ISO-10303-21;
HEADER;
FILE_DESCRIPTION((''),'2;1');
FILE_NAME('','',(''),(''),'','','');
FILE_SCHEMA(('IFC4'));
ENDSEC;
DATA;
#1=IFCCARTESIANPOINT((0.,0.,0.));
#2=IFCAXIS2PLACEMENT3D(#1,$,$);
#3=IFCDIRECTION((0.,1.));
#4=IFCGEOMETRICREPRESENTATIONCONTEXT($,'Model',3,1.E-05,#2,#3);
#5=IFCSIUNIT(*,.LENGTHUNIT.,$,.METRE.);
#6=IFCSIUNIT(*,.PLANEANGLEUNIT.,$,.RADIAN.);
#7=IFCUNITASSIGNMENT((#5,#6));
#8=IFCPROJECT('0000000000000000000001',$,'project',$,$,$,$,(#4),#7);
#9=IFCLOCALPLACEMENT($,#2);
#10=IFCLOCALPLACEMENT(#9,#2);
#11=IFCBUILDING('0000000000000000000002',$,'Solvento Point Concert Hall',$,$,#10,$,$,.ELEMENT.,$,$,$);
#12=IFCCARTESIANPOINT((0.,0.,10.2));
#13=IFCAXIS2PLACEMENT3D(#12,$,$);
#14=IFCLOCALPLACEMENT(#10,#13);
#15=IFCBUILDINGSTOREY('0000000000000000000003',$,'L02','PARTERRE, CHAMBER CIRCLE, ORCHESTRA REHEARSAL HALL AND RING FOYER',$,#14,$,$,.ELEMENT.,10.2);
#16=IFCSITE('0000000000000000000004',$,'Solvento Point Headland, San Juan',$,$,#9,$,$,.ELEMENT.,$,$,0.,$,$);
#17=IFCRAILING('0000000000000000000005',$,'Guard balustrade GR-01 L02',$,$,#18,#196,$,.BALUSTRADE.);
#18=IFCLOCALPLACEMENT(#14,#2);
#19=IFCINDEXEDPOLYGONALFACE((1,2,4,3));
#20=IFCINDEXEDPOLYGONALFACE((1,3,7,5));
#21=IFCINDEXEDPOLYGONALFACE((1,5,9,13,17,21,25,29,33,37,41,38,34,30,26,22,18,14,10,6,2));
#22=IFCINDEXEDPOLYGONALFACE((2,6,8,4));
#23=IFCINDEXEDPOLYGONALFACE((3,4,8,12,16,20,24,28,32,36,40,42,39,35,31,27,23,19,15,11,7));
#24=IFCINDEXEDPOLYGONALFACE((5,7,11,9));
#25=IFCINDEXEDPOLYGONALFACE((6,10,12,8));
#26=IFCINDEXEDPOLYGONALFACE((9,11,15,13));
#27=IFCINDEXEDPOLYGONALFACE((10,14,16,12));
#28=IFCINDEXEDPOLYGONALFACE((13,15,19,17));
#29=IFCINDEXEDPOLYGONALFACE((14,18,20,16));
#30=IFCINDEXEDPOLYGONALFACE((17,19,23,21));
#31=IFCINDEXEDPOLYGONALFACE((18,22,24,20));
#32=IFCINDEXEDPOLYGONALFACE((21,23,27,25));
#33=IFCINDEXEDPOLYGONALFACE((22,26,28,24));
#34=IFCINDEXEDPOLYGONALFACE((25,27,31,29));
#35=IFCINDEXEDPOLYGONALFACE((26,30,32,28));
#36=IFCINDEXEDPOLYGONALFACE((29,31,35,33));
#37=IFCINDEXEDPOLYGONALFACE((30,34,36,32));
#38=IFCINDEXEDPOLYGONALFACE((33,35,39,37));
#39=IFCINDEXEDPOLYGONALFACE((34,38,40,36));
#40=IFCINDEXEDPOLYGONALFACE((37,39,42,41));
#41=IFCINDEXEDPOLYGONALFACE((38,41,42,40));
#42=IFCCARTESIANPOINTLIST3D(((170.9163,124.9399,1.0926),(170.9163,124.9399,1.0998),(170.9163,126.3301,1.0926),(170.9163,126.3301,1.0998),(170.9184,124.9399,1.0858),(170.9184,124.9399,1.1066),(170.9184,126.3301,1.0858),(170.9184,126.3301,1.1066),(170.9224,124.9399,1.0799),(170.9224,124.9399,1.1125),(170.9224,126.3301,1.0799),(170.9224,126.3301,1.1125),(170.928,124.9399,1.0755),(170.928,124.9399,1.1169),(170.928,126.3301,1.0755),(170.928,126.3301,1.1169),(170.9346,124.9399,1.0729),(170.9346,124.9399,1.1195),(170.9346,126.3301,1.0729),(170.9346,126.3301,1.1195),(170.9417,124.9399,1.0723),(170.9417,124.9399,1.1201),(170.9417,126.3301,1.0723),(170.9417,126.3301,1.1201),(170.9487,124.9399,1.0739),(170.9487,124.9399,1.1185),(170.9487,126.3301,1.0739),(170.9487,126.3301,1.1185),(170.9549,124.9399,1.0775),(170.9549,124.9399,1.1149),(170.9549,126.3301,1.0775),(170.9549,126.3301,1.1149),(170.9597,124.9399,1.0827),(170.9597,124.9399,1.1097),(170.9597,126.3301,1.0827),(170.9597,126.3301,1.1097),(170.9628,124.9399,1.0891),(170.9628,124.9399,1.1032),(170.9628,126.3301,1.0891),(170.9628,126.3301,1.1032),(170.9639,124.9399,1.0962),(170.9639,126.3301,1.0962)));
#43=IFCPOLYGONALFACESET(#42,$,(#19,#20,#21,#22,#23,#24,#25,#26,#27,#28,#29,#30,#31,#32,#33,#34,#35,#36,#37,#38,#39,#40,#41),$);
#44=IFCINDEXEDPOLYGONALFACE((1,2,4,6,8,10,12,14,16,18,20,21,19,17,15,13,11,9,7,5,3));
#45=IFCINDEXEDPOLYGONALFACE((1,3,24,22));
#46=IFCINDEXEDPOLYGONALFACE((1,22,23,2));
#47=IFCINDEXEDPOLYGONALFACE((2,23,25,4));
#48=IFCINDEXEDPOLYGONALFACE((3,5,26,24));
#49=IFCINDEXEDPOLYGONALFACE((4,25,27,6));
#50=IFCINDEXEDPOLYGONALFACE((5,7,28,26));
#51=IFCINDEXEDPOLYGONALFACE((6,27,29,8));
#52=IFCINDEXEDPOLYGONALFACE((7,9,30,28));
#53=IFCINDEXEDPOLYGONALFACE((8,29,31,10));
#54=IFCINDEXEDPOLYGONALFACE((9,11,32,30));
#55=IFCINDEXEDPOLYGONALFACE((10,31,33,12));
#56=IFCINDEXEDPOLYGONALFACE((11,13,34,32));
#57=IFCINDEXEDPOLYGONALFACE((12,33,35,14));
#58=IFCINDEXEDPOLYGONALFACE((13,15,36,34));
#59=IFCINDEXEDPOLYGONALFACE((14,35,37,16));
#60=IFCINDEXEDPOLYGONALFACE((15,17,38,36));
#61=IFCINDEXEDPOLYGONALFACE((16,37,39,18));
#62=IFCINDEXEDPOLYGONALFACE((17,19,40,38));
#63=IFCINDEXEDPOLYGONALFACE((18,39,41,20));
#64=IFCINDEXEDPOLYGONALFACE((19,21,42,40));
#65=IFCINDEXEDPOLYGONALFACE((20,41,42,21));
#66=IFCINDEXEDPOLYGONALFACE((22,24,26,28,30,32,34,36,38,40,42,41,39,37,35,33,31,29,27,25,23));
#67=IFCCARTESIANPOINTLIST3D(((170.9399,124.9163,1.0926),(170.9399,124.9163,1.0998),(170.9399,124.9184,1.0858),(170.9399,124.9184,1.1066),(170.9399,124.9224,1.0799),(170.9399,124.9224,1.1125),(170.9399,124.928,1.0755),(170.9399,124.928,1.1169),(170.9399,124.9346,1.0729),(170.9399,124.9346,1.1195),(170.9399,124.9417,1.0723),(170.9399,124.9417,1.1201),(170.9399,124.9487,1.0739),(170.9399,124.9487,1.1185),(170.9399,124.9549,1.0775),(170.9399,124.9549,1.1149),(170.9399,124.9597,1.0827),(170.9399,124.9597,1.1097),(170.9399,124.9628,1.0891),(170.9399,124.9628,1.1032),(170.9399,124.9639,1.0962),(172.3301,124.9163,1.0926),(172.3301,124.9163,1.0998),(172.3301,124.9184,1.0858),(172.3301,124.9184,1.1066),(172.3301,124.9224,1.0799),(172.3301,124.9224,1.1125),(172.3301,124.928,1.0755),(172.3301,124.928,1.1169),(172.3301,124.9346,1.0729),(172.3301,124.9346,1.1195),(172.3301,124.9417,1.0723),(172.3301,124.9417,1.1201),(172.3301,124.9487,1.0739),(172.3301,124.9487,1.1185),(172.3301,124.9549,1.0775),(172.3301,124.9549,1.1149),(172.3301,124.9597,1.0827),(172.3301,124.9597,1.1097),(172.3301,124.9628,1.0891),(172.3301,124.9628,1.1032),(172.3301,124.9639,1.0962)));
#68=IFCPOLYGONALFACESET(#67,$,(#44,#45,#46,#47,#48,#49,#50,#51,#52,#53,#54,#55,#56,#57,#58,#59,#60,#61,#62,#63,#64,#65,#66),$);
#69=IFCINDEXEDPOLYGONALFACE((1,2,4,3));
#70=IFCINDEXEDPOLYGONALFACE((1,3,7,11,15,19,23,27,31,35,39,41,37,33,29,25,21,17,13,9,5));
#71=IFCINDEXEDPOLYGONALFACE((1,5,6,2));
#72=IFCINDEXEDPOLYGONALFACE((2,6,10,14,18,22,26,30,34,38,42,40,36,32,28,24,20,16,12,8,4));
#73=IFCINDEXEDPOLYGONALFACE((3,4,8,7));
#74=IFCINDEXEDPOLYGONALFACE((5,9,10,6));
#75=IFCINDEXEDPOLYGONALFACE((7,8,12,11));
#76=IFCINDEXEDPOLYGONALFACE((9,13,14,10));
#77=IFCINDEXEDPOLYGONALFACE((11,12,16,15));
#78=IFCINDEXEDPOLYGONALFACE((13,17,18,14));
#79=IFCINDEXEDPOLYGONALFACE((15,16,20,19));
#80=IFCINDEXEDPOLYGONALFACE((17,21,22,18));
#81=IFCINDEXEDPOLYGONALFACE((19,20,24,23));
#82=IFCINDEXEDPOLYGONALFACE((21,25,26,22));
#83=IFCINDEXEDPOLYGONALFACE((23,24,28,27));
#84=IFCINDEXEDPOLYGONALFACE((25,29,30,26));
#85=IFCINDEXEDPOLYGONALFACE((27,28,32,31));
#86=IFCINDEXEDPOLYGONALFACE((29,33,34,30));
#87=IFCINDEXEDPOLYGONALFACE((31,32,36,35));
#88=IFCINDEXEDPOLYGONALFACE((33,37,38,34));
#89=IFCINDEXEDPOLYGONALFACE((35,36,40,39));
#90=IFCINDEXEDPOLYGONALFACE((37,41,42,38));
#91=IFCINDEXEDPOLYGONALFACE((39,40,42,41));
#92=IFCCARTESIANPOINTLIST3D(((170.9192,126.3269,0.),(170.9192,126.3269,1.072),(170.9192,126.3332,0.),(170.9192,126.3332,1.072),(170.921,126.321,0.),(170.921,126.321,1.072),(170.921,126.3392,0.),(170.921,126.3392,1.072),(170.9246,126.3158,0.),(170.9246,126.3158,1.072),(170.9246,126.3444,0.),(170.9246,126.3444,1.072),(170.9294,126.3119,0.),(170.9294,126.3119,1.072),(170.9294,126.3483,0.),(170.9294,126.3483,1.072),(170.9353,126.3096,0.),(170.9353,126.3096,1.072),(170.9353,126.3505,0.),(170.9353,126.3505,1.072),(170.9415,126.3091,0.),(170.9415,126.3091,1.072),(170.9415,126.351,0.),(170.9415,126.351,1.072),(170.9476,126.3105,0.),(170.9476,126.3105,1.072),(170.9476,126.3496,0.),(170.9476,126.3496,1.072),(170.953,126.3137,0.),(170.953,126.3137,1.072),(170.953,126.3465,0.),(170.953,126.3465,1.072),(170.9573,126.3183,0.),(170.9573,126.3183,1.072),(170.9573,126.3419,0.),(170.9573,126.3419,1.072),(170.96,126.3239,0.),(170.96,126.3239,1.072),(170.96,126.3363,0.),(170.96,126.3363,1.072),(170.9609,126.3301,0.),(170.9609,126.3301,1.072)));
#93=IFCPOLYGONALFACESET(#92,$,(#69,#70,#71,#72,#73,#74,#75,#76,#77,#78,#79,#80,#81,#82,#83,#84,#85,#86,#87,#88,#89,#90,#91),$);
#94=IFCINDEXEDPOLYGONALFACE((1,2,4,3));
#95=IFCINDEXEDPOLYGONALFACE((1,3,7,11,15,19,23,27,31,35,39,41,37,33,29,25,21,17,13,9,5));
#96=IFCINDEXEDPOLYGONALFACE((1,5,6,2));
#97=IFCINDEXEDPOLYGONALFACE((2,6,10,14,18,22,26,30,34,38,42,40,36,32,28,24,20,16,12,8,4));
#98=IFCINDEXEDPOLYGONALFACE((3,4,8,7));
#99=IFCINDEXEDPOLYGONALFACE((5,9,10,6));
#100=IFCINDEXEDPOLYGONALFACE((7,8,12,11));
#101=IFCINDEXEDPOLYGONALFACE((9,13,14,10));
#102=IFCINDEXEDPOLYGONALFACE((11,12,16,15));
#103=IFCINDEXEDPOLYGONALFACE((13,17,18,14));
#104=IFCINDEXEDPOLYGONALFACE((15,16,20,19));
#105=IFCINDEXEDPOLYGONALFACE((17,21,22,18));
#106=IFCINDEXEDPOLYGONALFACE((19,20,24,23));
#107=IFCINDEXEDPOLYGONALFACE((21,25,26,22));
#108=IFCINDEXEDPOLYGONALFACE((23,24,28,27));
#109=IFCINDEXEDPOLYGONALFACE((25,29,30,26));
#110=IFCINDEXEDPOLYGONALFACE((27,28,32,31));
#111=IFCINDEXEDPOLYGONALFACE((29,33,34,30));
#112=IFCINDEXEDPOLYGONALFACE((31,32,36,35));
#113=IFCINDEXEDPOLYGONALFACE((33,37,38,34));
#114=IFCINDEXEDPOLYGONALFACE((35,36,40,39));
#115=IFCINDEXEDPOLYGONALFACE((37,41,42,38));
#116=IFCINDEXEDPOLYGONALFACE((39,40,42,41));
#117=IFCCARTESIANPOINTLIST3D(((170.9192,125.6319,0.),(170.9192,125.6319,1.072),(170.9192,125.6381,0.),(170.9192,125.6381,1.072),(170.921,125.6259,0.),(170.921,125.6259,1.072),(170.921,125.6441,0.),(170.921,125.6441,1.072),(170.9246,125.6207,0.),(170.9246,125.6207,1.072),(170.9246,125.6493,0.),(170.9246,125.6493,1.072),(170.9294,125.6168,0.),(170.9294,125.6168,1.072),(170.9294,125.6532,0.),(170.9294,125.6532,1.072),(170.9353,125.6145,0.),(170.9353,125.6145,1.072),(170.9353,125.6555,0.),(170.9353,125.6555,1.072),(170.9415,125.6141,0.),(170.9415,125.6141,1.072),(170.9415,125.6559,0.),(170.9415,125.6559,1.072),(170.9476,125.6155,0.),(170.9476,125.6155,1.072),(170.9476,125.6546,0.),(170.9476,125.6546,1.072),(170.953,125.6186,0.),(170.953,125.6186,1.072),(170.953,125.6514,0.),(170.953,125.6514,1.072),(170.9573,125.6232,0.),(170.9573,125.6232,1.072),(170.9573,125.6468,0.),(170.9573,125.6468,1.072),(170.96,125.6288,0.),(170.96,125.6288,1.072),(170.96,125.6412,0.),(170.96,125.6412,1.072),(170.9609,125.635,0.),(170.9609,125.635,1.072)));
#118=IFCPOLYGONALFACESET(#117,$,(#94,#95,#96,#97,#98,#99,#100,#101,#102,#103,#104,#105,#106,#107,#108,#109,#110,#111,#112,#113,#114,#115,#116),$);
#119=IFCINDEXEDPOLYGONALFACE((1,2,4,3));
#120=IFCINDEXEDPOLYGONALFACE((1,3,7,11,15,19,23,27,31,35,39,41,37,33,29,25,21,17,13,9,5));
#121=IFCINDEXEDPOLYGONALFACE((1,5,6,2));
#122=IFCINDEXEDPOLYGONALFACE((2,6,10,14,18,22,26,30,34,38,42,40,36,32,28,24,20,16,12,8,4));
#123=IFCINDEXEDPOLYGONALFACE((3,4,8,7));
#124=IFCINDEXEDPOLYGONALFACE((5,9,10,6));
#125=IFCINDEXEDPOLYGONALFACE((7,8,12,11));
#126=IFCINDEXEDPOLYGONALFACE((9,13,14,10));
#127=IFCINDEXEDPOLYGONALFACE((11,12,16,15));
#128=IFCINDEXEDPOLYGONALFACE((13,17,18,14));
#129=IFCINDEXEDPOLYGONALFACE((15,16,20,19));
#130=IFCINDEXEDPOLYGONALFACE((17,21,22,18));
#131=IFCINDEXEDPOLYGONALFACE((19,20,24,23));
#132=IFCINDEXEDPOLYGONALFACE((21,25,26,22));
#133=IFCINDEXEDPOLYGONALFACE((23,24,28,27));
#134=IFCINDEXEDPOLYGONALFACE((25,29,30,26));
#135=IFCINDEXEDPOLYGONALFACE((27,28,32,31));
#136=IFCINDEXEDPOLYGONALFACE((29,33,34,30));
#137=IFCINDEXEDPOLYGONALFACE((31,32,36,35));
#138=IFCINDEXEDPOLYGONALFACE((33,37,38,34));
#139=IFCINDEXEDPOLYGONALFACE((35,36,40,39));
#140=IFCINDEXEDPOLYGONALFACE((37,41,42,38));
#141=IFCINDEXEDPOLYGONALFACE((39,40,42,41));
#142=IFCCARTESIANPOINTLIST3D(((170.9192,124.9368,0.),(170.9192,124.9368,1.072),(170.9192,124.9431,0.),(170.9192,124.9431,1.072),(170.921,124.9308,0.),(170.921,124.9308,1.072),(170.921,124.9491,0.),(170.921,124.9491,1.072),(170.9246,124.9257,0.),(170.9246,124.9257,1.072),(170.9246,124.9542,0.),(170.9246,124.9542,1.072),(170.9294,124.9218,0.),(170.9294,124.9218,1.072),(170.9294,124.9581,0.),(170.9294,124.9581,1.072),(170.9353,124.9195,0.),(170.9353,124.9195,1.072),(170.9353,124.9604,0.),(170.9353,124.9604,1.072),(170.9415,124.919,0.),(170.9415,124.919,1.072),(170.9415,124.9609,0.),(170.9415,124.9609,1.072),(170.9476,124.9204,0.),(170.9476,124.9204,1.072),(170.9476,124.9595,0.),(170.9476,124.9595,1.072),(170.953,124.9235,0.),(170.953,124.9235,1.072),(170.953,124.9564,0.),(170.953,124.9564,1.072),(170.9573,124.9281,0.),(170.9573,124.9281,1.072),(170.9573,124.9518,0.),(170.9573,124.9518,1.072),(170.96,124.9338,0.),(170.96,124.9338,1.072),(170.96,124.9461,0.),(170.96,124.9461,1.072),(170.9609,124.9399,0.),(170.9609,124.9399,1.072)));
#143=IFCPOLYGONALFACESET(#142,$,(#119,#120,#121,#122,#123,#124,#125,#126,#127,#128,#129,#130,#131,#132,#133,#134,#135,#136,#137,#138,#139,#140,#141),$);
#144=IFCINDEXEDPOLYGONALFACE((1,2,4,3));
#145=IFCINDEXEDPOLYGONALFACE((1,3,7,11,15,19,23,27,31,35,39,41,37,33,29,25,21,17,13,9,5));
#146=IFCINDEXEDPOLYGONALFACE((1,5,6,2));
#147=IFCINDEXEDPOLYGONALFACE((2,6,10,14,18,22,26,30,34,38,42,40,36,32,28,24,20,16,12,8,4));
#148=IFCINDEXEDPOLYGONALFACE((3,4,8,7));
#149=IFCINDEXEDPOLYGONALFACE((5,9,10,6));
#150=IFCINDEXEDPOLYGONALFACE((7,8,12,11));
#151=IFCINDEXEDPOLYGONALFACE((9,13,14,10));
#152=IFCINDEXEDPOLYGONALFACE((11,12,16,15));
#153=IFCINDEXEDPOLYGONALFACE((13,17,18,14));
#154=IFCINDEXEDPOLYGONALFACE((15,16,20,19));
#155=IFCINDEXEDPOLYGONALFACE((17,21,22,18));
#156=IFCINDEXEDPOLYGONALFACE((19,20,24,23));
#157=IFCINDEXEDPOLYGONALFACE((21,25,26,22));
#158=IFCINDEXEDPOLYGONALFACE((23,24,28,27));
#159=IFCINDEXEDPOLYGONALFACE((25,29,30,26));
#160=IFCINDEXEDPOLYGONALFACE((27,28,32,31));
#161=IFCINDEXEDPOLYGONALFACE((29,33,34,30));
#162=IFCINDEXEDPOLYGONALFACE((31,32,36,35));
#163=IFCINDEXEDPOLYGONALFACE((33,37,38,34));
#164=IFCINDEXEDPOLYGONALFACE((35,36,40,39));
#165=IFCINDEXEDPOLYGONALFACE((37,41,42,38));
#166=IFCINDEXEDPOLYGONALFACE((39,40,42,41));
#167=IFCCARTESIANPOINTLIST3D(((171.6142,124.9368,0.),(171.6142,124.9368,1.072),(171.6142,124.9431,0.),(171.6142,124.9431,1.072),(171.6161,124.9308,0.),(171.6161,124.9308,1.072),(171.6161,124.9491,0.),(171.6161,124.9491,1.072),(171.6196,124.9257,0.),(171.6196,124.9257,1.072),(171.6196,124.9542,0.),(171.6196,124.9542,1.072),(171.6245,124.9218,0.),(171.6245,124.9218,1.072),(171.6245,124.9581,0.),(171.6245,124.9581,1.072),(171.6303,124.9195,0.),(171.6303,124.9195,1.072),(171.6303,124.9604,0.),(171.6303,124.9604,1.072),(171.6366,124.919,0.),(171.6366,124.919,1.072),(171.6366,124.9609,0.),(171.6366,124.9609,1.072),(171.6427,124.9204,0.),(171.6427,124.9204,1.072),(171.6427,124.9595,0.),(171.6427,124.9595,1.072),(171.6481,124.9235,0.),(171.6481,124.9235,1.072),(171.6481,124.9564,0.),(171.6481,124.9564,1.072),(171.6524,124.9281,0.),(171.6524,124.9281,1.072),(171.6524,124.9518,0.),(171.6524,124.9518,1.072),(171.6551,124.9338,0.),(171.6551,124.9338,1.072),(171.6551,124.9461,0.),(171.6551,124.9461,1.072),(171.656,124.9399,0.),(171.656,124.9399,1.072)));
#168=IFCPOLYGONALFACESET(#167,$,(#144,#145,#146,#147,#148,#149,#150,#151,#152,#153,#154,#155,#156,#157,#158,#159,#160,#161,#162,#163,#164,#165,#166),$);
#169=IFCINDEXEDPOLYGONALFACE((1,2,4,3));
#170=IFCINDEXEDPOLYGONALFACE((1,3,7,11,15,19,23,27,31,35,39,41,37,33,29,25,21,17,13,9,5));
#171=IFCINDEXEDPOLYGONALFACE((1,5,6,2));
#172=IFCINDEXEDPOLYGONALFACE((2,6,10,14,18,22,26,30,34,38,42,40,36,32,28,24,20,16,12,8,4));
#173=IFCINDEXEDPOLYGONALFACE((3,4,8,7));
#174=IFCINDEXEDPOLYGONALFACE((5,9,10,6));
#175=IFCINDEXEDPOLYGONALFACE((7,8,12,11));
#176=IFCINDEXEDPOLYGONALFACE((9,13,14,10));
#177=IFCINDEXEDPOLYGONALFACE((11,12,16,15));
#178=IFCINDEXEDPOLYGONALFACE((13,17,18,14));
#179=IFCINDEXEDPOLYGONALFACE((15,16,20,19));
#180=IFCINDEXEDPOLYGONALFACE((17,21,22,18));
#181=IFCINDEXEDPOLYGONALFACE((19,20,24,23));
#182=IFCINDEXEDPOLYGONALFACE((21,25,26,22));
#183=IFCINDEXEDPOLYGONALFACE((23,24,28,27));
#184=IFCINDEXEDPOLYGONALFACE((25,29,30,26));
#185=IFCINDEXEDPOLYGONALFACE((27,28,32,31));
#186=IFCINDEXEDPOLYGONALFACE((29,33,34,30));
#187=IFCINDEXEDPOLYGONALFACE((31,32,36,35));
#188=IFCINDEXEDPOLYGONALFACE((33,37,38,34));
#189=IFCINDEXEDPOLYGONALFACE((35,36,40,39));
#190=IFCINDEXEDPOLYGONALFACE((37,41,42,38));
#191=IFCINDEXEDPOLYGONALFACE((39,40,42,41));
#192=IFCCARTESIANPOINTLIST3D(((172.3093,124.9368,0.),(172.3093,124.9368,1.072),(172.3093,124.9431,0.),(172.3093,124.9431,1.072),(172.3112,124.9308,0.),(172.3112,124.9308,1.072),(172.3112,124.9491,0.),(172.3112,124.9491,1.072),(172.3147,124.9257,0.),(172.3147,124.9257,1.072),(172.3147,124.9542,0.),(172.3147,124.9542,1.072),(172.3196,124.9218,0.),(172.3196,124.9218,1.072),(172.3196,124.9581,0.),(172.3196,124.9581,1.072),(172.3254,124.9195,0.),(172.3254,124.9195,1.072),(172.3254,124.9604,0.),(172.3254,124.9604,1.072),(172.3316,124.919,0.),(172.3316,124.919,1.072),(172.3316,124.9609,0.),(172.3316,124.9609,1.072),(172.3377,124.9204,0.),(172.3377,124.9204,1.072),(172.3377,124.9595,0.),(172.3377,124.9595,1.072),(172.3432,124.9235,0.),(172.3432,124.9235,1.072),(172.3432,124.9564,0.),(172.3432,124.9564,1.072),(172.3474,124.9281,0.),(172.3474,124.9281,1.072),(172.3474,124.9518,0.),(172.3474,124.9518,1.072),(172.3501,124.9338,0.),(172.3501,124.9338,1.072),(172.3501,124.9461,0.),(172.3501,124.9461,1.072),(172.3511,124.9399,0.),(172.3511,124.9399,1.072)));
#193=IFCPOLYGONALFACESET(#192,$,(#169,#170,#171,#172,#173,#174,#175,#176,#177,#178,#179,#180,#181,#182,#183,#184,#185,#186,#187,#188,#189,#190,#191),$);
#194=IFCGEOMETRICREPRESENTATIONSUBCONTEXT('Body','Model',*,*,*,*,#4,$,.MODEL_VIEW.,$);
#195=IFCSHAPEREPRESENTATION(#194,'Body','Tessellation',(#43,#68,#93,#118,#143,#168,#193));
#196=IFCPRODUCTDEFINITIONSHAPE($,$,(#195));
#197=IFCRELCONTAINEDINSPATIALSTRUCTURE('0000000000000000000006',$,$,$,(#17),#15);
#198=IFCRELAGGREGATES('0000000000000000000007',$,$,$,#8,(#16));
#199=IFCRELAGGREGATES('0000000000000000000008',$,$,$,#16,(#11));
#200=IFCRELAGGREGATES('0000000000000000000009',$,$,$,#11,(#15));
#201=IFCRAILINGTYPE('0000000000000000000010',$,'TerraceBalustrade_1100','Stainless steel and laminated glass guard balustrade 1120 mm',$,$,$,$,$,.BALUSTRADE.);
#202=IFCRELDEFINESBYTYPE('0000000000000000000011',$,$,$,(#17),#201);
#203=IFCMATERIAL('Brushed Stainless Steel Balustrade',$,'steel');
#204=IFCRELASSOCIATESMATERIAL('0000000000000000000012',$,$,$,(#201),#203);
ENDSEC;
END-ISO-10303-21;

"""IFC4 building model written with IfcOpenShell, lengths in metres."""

from ifc_helpers import new_model, si_unit, direction, frame, origin, origin_2d, place, context, subcontext, project, spatial, circle, extrude, material, type_object, element, save


model = new_model("IFC4")

# Units and contexts
model_context = context("Model", 3, precision=1e-05, world=origin(), true_north=direction((0.0, 1.0)))
body_context = subcontext(model_context, "Body", "Model", "MODEL_VIEW")
ifc_project = project(units=[si_unit("LENGTHUNIT", "METRE"), si_unit("PLANEANGLEUNIT", "RADIAN")], contexts=[model_context])

# Site, building, storey
site_placement = place(None, origin())
site = spatial("IfcSite", under=ifc_project, at=site_placement, Name="Solvento Point Headland, San Juan", CompositionType="ELEMENT", RefElevation=0.0)
building_placement = place(site_placement, origin())
building = spatial("IfcBuilding", under=site, at=building_placement, Name="Solvento Point Concert Hall", CompositionType="ELEMENT")
storey_placement = place(building_placement, frame((0.0, 0.0, 10.2)))
storey = spatial("IfcBuildingStorey", under=building, at=storey_placement, Name="L02", Description="PARTERRE, CHAMBER CIRCLE, ORCHESTRA REHEARSAL HALL AND RING FOYER", CompositionType="ELEMENT", Elevation=10.2)

# Railing
ifc_material_1 = material(Name="Brushed Stainless Steel Balustrade", Category="steel")
railing_type_1 = type_object("IfcRailingType", Name="TerraceBalustrade_1100", Description="Stainless steel and laminated glass guard balustrade 1120 mm", PredefinedType="BALUSTRADE", material=ifc_material_1)
railing_1_placement = place(storey_placement, frame((170.9399, 126.3301, 0.0)))
element("IfcRailing", 1, at=railing_1_placement, inside=storey, type_object=railing_type_1, Name="Guard balustrade GR-01 L02", PredefinedType="BALUSTRADE", context=body_context, shape_type="SweptSolid", body=[
    extrude(circle(Radius=0.0239, at=origin_2d()), frame((0.0, 0.0, 1.0962), z_axis=(0.0, -1.0, 0.0), x_axis=(1.0, 0.0, 0.0)), (0.0, 0.0, 1.0), 1.3901),
    extrude(circle(Radius=0.0239, at=origin_2d()), frame((0.0, -1.3901, 1.0962), z_axis=(1.0, 0.0, 0.0), x_axis=(0.0, 1.0, 0.0)), (0.0, 0.0, 1.0), 1.3901),
    extrude(circle(Radius=0.021, at=origin_2d()), origin(), (0.0, 0.0, 1.0), 1.072),
    extrude(circle(Radius=0.021, at=origin_2d()), frame((0.0, -0.6951, 0.0)), (0.0, 0.0, 1.0), 1.072),
    extrude(circle(Radius=0.021, at=origin_2d()), frame((0.0, -1.3901, 0.0)), (0.0, 0.0, 1.0), 1.072),
    extrude(circle(Radius=0.021, at=origin_2d()), frame((0.6951, -1.3901, 0.0)), (0.0, 0.0, 1.0), 1.072),
    extrude(circle(Radius=0.021, at=origin_2d()), frame((1.3901, -1.3901, 0.0)), (0.0, 0.0, 1.0), 1.072),
])

save(model, "model.ifc")
